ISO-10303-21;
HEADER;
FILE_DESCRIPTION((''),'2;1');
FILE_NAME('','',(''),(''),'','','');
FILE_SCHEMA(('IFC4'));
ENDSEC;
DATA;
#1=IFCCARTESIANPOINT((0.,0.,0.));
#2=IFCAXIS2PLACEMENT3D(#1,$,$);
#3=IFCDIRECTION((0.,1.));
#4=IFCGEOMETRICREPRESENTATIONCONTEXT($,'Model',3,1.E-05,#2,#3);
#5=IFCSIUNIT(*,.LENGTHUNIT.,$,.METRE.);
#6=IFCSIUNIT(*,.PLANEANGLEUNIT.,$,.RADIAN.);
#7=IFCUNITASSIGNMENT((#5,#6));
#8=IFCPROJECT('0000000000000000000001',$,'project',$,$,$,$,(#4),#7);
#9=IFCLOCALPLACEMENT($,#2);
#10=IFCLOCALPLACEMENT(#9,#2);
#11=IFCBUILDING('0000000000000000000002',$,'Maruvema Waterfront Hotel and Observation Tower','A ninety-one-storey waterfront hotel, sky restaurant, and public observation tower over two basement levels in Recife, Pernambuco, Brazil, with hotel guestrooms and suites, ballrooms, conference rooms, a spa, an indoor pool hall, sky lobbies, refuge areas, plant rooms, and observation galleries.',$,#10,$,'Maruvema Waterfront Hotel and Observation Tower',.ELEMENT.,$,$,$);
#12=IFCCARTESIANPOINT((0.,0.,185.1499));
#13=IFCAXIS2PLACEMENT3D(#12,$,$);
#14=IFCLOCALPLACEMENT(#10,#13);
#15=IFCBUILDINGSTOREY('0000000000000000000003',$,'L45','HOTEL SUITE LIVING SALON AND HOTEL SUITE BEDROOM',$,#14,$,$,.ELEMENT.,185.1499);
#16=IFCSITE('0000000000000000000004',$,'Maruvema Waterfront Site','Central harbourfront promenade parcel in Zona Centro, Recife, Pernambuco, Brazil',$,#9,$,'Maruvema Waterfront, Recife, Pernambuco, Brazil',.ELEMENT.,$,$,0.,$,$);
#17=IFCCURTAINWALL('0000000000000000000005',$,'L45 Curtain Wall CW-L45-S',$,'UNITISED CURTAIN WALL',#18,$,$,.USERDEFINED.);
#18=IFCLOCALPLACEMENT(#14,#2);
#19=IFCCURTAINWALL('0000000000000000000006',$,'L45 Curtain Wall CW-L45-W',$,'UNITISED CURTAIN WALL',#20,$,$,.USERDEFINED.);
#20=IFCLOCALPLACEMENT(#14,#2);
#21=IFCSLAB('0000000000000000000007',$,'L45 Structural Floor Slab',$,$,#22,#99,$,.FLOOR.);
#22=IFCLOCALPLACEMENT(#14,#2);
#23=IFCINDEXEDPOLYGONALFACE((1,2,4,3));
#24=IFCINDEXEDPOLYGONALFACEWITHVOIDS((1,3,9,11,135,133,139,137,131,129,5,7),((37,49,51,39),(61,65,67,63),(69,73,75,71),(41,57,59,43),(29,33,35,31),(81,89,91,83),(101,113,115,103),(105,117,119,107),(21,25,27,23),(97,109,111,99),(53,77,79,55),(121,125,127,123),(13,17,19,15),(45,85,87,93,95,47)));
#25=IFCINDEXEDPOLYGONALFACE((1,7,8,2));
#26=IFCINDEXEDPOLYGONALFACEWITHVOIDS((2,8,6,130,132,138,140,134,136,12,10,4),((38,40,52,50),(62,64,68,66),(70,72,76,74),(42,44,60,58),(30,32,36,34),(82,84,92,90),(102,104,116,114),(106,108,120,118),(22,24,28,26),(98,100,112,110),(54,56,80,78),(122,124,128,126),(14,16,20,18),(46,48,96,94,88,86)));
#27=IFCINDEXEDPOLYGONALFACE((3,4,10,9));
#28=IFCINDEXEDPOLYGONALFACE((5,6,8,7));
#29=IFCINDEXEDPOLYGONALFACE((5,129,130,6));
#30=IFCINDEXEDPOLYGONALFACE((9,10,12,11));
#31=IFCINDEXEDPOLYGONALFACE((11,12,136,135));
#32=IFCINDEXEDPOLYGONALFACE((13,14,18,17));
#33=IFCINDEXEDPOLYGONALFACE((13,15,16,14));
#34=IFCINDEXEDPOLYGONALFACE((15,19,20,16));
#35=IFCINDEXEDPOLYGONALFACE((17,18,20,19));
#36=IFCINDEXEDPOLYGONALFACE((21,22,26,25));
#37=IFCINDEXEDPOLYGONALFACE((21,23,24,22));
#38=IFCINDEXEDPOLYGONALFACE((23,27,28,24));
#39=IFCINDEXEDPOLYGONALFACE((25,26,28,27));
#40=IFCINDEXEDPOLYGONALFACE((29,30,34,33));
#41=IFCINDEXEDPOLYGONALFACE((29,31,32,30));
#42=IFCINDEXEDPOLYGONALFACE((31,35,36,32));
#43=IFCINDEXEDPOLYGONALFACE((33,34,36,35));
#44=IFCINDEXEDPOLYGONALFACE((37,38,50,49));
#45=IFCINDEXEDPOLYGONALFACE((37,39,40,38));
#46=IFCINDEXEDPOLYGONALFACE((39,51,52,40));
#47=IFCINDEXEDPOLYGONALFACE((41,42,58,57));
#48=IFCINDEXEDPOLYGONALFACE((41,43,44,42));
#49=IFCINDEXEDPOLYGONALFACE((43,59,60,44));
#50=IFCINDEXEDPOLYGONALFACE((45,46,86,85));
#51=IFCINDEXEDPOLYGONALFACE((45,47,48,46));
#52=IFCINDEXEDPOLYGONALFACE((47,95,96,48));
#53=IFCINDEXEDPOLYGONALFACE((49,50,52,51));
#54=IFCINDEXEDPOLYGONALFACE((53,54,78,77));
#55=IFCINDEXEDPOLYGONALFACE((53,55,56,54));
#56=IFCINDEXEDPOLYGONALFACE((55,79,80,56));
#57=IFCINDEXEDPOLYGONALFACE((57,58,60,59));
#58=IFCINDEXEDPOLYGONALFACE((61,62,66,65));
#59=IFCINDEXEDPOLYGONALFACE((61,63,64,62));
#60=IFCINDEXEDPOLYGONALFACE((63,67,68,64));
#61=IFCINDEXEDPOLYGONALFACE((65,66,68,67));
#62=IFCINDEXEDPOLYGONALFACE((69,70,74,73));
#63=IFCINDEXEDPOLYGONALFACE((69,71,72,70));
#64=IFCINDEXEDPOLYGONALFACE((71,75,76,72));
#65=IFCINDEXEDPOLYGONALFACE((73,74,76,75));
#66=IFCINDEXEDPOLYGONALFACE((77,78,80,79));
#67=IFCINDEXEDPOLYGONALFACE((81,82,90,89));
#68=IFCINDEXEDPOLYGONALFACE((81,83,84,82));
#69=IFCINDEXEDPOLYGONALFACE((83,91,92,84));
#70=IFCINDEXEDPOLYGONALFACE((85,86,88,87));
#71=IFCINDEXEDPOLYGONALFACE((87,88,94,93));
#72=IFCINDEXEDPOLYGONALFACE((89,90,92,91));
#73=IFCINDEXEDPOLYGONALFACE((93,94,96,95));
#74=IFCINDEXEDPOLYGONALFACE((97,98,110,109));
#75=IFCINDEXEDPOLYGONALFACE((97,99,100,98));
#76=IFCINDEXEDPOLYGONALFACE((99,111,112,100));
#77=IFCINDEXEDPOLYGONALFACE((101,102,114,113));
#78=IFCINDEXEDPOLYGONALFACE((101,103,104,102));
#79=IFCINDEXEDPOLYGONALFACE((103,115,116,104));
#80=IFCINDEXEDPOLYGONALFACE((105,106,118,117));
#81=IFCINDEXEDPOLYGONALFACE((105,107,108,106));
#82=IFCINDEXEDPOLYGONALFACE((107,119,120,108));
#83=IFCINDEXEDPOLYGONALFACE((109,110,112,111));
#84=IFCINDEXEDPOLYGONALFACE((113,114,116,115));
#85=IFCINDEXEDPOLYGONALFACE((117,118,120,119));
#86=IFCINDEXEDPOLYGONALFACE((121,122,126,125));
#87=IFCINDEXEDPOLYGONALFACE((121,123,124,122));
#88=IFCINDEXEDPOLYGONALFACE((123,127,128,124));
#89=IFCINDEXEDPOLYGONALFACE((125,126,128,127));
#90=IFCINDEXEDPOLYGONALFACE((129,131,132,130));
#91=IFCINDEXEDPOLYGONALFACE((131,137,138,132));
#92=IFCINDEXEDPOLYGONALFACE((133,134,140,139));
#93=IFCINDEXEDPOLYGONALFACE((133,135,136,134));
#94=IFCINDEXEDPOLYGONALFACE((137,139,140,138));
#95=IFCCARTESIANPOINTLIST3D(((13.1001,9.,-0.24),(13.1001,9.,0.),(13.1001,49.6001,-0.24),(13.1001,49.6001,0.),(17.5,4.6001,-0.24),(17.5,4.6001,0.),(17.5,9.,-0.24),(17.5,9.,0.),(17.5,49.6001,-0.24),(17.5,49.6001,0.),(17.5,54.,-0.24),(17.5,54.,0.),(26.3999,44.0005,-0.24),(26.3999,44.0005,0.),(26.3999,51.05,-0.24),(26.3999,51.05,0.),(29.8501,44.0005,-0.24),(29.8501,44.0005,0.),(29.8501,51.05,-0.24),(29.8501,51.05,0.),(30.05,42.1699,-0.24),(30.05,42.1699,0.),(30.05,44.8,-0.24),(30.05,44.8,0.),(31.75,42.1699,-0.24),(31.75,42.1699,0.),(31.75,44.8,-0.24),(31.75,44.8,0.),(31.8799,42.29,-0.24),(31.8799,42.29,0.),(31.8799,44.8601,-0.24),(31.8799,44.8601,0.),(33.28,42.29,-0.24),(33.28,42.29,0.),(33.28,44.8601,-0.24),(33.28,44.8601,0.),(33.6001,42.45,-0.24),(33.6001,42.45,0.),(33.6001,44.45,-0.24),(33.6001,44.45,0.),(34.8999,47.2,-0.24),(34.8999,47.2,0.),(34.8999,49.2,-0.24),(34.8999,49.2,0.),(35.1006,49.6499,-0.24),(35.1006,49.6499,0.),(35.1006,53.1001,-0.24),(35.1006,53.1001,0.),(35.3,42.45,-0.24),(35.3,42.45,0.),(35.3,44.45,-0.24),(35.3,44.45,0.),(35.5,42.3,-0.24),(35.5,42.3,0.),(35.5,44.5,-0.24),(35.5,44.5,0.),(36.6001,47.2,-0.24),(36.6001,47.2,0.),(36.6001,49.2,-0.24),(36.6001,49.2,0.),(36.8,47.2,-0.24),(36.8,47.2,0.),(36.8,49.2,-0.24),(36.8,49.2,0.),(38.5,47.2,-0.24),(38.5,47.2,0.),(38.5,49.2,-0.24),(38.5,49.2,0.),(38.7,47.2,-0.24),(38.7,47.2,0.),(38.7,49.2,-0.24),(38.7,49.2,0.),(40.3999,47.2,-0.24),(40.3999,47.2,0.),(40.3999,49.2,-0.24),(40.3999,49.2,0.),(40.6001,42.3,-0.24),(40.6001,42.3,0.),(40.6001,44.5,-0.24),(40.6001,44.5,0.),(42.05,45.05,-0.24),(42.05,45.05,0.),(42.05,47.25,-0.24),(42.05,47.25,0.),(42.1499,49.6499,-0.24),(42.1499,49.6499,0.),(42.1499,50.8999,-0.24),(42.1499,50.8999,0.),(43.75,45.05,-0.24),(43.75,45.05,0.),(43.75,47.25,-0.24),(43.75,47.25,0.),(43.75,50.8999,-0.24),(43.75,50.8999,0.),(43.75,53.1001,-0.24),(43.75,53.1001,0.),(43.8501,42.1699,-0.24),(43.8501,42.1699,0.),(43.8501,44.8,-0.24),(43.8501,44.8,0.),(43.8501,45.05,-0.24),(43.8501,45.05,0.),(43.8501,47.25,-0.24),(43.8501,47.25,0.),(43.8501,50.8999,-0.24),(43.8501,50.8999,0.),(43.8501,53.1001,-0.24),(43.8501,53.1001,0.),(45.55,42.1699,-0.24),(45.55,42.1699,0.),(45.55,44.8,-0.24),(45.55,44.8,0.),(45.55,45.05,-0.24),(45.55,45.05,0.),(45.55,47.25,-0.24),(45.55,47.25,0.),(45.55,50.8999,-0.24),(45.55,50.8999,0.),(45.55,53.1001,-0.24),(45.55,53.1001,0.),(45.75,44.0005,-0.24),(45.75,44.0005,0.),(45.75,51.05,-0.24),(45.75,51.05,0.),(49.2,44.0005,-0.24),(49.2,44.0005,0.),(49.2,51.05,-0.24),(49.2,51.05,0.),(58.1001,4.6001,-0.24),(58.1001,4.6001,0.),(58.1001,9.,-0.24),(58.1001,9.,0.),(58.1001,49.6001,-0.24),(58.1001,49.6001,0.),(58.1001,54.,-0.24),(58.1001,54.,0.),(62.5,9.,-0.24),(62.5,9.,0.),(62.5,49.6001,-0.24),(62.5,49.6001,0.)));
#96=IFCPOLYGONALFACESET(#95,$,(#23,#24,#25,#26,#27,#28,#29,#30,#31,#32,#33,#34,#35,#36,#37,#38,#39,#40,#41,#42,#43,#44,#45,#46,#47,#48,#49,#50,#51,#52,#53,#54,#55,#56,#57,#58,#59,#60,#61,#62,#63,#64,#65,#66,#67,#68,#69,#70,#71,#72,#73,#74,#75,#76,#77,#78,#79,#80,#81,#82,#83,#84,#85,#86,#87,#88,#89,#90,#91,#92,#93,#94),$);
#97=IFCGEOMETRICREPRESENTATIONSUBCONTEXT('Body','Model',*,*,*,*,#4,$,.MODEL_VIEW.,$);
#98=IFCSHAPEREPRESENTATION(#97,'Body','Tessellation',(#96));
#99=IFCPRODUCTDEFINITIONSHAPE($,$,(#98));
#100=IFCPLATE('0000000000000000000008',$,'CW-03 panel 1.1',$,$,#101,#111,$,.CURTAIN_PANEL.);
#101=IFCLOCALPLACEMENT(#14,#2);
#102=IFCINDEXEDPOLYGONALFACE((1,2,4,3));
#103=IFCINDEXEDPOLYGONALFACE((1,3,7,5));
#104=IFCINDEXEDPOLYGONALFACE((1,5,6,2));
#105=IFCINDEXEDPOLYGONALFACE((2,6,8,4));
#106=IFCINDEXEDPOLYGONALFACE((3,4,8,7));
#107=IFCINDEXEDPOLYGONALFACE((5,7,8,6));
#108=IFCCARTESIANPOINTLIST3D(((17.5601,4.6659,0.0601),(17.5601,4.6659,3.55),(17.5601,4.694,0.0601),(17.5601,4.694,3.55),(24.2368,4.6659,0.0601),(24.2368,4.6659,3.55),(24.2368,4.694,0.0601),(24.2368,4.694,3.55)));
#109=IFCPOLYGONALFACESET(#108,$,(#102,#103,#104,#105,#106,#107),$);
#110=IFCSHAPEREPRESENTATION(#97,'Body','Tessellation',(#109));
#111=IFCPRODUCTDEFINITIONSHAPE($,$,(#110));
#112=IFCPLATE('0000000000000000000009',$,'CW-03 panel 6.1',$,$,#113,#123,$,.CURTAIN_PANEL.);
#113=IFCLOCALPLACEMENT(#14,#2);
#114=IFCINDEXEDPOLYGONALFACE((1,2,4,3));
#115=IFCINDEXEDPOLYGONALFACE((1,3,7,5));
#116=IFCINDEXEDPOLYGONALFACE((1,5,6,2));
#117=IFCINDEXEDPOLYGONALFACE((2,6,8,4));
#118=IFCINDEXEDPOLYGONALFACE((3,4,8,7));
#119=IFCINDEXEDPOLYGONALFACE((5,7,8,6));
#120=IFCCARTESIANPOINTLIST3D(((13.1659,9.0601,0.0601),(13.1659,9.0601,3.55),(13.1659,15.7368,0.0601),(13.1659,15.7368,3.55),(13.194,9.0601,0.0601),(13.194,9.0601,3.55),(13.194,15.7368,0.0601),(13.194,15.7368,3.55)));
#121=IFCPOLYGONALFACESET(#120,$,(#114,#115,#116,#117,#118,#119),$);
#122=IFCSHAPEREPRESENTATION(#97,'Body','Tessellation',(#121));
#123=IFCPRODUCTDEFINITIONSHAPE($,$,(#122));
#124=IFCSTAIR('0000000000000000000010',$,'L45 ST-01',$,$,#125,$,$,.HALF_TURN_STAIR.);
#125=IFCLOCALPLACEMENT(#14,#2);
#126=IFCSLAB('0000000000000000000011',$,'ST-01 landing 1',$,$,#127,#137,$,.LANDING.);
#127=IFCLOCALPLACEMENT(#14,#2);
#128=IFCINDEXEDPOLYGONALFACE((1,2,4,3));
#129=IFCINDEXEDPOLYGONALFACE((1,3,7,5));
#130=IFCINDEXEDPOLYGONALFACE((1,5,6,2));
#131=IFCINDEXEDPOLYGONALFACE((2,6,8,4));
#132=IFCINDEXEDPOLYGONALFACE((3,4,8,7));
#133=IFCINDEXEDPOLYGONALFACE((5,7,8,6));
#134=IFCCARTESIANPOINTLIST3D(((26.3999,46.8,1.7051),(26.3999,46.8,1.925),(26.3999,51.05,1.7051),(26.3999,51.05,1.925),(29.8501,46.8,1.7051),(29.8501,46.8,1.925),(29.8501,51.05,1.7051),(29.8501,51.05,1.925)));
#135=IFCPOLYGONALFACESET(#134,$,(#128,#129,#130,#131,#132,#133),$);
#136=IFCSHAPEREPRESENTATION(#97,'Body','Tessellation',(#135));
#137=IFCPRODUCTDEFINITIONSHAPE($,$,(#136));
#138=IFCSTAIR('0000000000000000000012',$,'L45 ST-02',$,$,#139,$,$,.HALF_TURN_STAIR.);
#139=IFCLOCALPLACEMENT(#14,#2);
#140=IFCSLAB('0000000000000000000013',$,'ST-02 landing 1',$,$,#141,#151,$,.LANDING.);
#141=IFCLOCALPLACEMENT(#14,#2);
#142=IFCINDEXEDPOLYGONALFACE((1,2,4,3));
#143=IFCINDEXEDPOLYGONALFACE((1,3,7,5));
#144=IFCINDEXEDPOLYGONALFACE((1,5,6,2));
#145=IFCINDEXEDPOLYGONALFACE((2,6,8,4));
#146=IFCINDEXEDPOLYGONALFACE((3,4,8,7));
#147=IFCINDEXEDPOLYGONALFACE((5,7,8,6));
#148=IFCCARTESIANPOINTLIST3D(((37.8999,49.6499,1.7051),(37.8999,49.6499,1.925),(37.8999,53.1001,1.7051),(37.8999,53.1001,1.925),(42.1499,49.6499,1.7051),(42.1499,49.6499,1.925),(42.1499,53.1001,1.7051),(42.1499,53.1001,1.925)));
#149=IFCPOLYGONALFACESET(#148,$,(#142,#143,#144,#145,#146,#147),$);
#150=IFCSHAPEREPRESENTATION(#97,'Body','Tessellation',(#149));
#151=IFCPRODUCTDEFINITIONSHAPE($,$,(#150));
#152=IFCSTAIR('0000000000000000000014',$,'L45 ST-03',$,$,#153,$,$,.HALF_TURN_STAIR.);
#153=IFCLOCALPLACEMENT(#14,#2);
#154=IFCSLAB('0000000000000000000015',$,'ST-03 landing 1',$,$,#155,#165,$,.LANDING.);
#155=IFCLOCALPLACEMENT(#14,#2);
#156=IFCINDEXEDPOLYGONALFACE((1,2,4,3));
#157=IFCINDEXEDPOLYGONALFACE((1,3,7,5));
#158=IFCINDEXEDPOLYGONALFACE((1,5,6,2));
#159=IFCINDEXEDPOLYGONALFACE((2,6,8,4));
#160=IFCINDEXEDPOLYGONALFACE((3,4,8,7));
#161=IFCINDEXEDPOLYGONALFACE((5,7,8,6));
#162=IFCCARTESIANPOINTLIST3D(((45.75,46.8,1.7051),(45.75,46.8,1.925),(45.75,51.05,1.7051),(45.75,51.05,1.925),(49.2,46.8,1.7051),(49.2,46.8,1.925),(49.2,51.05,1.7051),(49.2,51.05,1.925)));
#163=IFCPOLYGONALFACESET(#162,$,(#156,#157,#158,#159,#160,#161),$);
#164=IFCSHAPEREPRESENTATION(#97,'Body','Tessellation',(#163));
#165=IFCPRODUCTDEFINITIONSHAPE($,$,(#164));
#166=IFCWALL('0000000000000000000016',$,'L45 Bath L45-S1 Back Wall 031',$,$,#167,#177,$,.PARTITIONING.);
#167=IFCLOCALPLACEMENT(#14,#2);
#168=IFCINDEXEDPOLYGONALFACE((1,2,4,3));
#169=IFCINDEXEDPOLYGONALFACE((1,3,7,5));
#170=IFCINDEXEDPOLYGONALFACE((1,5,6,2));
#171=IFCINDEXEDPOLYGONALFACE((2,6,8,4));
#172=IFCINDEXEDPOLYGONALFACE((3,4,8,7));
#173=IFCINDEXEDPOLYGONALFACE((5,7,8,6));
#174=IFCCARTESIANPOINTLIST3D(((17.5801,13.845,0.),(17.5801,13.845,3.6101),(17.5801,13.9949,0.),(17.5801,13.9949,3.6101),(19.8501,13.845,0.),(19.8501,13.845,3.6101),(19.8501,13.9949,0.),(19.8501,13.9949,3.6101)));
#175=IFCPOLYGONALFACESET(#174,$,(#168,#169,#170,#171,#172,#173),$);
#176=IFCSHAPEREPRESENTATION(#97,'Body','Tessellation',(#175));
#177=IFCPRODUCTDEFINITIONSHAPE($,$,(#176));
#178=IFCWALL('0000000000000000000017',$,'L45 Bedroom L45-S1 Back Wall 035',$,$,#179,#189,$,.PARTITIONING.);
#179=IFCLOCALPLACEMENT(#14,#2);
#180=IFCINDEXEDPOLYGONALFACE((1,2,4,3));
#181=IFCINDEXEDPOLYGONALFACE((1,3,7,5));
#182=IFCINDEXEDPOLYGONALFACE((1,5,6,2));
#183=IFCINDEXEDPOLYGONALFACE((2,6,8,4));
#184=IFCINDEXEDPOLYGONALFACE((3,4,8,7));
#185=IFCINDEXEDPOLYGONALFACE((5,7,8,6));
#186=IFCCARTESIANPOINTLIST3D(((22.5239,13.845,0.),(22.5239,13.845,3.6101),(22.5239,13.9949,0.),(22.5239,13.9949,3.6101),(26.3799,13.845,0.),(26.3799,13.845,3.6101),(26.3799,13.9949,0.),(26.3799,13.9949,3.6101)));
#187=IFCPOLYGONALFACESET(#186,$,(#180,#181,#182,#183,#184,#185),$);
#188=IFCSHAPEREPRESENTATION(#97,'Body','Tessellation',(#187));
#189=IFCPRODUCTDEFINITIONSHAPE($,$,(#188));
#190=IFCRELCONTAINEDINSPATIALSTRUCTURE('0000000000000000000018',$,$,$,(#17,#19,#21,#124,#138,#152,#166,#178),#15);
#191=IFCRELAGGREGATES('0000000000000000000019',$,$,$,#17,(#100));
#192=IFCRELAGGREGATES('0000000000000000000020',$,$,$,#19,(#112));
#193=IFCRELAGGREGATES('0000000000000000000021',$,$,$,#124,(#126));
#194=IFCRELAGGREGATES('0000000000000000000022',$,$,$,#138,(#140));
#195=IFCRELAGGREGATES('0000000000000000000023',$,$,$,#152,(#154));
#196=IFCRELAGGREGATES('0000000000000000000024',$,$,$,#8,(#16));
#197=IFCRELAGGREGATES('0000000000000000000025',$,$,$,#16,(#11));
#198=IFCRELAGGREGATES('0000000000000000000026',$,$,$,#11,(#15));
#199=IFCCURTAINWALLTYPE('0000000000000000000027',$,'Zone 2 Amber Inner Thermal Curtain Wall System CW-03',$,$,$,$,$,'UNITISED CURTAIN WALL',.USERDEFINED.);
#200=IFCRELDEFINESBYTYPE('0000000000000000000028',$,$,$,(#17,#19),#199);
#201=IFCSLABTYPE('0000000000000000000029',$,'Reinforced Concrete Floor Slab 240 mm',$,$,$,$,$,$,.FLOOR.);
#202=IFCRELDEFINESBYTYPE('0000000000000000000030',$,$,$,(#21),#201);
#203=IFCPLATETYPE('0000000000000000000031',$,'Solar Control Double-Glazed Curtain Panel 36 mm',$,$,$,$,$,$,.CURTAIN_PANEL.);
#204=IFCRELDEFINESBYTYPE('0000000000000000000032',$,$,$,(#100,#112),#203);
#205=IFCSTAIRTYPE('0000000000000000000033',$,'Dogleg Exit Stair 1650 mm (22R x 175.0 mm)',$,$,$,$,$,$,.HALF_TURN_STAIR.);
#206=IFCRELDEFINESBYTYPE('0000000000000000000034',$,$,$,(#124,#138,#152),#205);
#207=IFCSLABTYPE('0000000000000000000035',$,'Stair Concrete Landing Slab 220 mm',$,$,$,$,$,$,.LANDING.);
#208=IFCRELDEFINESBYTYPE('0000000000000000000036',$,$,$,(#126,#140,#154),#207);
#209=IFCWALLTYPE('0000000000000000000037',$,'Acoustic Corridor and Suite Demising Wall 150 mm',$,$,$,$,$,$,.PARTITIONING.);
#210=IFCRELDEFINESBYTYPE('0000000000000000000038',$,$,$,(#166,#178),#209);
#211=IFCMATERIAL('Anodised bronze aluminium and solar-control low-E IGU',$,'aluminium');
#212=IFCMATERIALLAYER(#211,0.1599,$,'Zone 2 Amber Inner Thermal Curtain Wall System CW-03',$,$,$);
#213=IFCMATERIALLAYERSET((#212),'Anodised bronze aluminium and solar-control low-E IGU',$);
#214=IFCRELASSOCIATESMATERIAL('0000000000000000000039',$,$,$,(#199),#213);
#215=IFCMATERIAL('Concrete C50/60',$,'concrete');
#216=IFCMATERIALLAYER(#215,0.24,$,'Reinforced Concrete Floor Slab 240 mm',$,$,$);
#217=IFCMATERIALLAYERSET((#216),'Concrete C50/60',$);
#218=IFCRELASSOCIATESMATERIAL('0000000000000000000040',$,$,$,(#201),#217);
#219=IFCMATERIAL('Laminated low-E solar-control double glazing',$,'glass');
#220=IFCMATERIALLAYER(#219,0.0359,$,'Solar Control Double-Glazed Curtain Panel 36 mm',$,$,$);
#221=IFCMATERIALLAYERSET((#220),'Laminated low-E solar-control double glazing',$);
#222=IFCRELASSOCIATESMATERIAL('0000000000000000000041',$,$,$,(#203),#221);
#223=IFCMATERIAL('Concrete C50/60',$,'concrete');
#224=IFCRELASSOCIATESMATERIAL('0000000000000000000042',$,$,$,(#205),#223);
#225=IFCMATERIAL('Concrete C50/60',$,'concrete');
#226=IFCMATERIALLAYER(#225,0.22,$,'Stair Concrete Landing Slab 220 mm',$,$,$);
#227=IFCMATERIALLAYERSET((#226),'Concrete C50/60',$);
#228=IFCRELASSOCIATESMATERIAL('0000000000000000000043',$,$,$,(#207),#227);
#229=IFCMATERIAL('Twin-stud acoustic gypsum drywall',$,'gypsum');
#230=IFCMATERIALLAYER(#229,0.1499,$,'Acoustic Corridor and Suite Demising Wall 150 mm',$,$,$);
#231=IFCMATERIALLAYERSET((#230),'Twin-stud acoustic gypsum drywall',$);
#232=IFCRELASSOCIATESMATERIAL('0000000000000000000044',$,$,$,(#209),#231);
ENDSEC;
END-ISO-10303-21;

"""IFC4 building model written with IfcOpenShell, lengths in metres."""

from ifc_helpers import new_model, si_unit, direction, frame, frame_2d, origin, origin_2d, place, context, subcontext, project, spatial, polyline, rectangle, outline, extrude, material, layer, layer_set, type_object, element, aggregate, save


model = new_model("IFC4")

# Units and contexts
model_context = context("Model", 3, precision=1e-05, world=origin(), true_north=direction((0.0, 1.0)))
body_context = subcontext(model_context, "Body", "Model", "MODEL_VIEW")
ifc_project = project(units=[si_unit("LENGTHUNIT", "METRE"), si_unit("PLANEANGLEUNIT", "RADIAN")], contexts=[model_context])

# Site, building, storey
site_placement = place(None, origin())
site = spatial("IfcSite", under=ifc_project, at=site_placement, Name="Maruvema Waterfront Site", Description="Central harbourfront promenade parcel in Zona Centro, Recife, Pernambuco, Brazil", LongName="Maruvema Waterfront, Recife, Pernambuco, Brazil", CompositionType="ELEMENT", RefElevation=0.0)
building_placement = place(site_placement, origin())
building = spatial("IfcBuilding", under=site, at=building_placement, Name="Maruvema Waterfront Hotel and Observation Tower", Description="A ninety-one-storey waterfront hotel, sky restaurant, and public observation tower over two basement levels in Recife, Pernambuco, Brazil, with hotel guestrooms and suites, ballrooms, conference rooms, a spa, an indoor pool hall, sky lobbies, refuge areas, plant rooms, and observation galleries.", LongName="Maruvema Waterfront Hotel and Observation Tower", CompositionType="ELEMENT")
storey_placement = place(building_placement, frame((0.0, 0.0, 185.1499)))
storey = spatial("IfcBuildingStorey", under=building, at=storey_placement, Name="L45", Description="HOTEL SUITE LIVING SALON AND HOTEL SUITE BEDROOM", CompositionType="ELEMENT", Elevation=185.1499)

# Curtain wall
ifc_material_1 = material(Name="Anodised bronze aluminium and solar-control low-E IGU", Category="aluminium")
ifc_layer_1 = layer(ifc_material_1, 0.1599, Name="Zone 2 Amber Inner Thermal Curtain Wall System CW-03")
ifc_layer_set_1 = layer_set([ifc_layer_1], Name="Anodised bronze aluminium and solar-control low-E IGU")
curtain_wall_type = type_object("IfcCurtainWallType", Name="Zone 2 Amber Inner Thermal Curtain Wall System CW-03", ElementType="UNITISED CURTAIN WALL", PredefinedType="USERDEFINED", material=ifc_layer_set_1)
curtain_wall_1_placement = place(storey_placement, origin())
curtain_wall_1 = element("IfcCurtainWall", 1, at=curtain_wall_1_placement, inside=storey, type_object=curtain_wall_type, Name="L45 Curtain Wall CW-L45-S", ObjectType="UNITISED CURTAIN WALL", PredefinedType="USERDEFINED")

# Curtain wall
curtain_wall_2_placement = place(storey_placement, origin())
curtain_wall_2 = element("IfcCurtainWall", 2, at=curtain_wall_2_placement, inside=storey, type_object=curtain_wall_type, Name="L45 Curtain Wall CW-L45-W", ObjectType="UNITISED CURTAIN WALL", PredefinedType="USERDEFINED")

# Slab
ifc_material_2 = material(Name="Concrete C50/60", Category="concrete")
ifc_layer_2 = layer(ifc_material_2, 0.24, Name="Reinforced Concrete Floor Slab 240 mm")
ifc_layer_set_2 = layer_set([ifc_layer_2], Name="Concrete C50/60")
slab_type_1 = type_object("IfcSlabType", Name="Reinforced Concrete Floor Slab 240 mm", PredefinedType="FLOOR", material=ifc_layer_set_2)
slab_1_placement = place(storey_placement, frame((0.0, 0.0, -0.24)))
element("IfcSlab", 3, at=slab_1_placement, inside=storey, type_object=slab_type_1, Name="L45 Structural Floor Slab", PredefinedType="FLOOR", context=body_context, shape_type="SweptSolid", body=[
    extrude(outline(polyline([(17.5, 4.6001), (58.1001, 4.6001), (58.1001, 9.0), (62.5, 9.0), (62.5, 49.6001), (58.1001, 49.6001), (58.1001, 54.0), (17.5, 54.0), (17.5, 49.6001), (13.1001, 49.6001), (13.1001, 9.0), (17.5, 9.0), (17.5, 4.6001)]), holes=[polyline([(26.3999, 44.0005), (26.3999, 51.05), (29.8501, 51.05), (29.8501, 44.0005), (26.3999, 44.0005)]), polyline([(30.05, 44.8), (31.75, 44.8), (31.75, 42.1699), (30.05, 42.1699), (30.05, 44.8)]), polyline([(31.8799, 44.8601), (33.28, 44.8601), (33.28, 42.29), (31.8799, 42.29), (31.8799, 44.8601)]), polyline([(33.6001, 44.45), (35.3, 44.45), (35.3, 42.45), (33.6001, 42.45), (33.6001, 44.45)]), polyline([(34.8999, 49.2), (36.6001, 49.2), (36.6001, 47.2), (34.8999, 47.2), (34.8999, 49.2)]), polyline([(36.8, 49.2), (38.5, 49.2), (38.5, 47.2), (36.8, 47.2), (36.8, 49.2)]), polyline([(35.5, 42.3), (35.5, 44.5), (40.6001, 44.5), (40.6001, 42.3), (35.5, 42.3)]), polyline([(35.1006, 53.1001), (43.75, 53.1001), (43.75, 50.8999), (42.1499, 50.8999), (42.1499, 49.6499), (35.1006, 49.6499), (35.1006, 53.1001)]), polyline([(38.7, 49.2), (40.3999, 49.2), (40.3999, 47.2), (38.7, 47.2), (38.7, 49.2)]), polyline([(42.05, 47.25), (43.75, 47.25), (43.75, 45.05), (42.05, 45.05), (42.05, 47.25)]), polyline([(43.8501, 44.8), (45.55, 44.8), (45.55, 42.1699), (43.8501, 42.1699), (43.8501, 44.8)]), polyline([(43.8501, 47.25), (45.55, 47.25), (45.55, 45.05), (43.8501, 45.05), (43.8501, 47.25)]), polyline([(45.55, 53.1001), (45.55, 50.8999), (43.8501, 50.8999), (43.8501, 53.1001), (45.55, 53.1001)]), polyline([(45.75, 44.0005), (45.75, 51.05), (49.2, 51.05), (49.2, 44.0005), (45.75, 44.0005)])]), origin(), (0.0, 0.0, 1.0), 0.24),
])

# Plates
ifc_material_3 = material(Name="Laminated low-E solar-control double glazing", Category="glass")
ifc_layer_3 = layer(ifc_material_3, 0.0359, Name="Solar Control Double-Glazed Curtain Panel 36 mm")
ifc_layer_set_3 = layer_set([ifc_layer_3], Name="Laminated low-E solar-control double glazing")
plate_type = type_object("IfcPlateType", Name="Solar Control Double-Glazed Curtain Panel 36 mm", PredefinedType="CURTAIN_PANEL", material=ifc_layer_set_3)
plate_1_placement = place(storey_placement, frame((20.8984, 4.6799, 0.0601), z_axis=(0.0, 0.0, 1.0), x_axis=(1.0, 0.0, 0.0)))
plate_1 = element("IfcPlate", 4, at=plate_1_placement, type_object=plate_type, Name="CW-03 panel 1.1", PredefinedType="CURTAIN_PANEL", context=body_context, shape_type="SweptSolid", body=[
    extrude(rectangle(XDim=6.6768, YDim=0.0281, at=origin_2d()), origin(), (0.0, 0.0, 1.0), 3.49),
])
aggregate(curtain_wall_1, [plate_1])
plate_2_placement = place(storey_placement, frame((13.1799, 12.3984, 0.0601), z_axis=(0.0, 0.0, 1.0), x_axis=(0.0, -1.0, 0.0)))
plate_2 = element("IfcPlate", 5, at=plate_2_placement, type_object=plate_type, Name="CW-03 panel 6.1", PredefinedType="CURTAIN_PANEL", context=body_context, shape_type="SweptSolid", body=[
    extrude(rectangle(XDim=6.6768, YDim=0.0281, at=origin_2d()), origin(), (0.0, 0.0, 1.0), 3.49),
])
aggregate(curtain_wall_2, [plate_2])

# Stairs, slabs
ifc_material_4 = material(Name="Concrete C50/60", Category="concrete")
stair_type = type_object("IfcStairType", Name="Dogleg Exit Stair 1650 mm (22R x 175.0 mm)", PredefinedType="HALF_TURN_STAIR", material=ifc_material_4)
stair_1_placement = place(storey_placement, origin())
stair_1 = element("IfcStair", 6, at=stair_1_placement, inside=storey, type_object=stair_type, Name="L45 ST-01", PredefinedType="HALF_TURN_STAIR")
ifc_material_5 = material(Name="Concrete C50/60", Category="concrete")
ifc_layer_4 = layer(ifc_material_5, 0.22, Name="Stair Concrete Landing Slab 220 mm")
ifc_layer_set_4 = layer_set([ifc_layer_4], Name="Concrete C50/60")
slab_type_2 = type_object("IfcSlabType", Name="Stair Concrete Landing Slab 220 mm", PredefinedType="LANDING", material=ifc_layer_set_4)
slab_2_placement = place(storey_placement, frame((0.0, 0.0, 1.7051)))
slab_2 = element("IfcSlab", 7, at=slab_2_placement, type_object=slab_type_2, Name="ST-01 landing 1", PredefinedType="LANDING", context=body_context, shape_type="SweptSolid", body=[
    extrude(outline(polyline([(29.8501, 46.8), (29.8501, 51.05), (26.3999, 51.05), (26.3999, 46.8), (29.8501, 46.8)])), origin(), (0.0, 0.0, 1.0), 0.22),
])
aggregate(stair_1, [slab_2])
stair_2_placement = place(storey_placement, origin())
stair_2 = element("IfcStair", 8, at=stair_2_placement, inside=storey, type_object=stair_type, Name="L45 ST-02", PredefinedType="HALF_TURN_STAIR")
slab_3_placement = place(storey_placement, frame((0.0, 0.0, 1.7051)))
slab_3 = element("IfcSlab", 9, at=slab_3_placement, type_object=slab_type_2, Name="ST-02 landing 1", PredefinedType="LANDING", context=body_context, shape_type="SweptSolid", body=[
    extrude(outline(polyline([(37.8999, 49.6499), (42.1499, 49.6499), (42.1499, 53.1001), (37.8999, 53.1001), (37.8999, 49.6499)])), origin(), (0.0, 0.0, 1.0), 0.22),
])
aggregate(stair_2, [slab_3])
stair_3_placement = place(storey_placement, origin())
stair_3 = element("IfcStair", 10, at=stair_3_placement, inside=storey, type_object=stair_type, Name="L45 ST-03", PredefinedType="HALF_TURN_STAIR")
slab_4_placement = place(storey_placement, frame((0.0, 0.0, 1.7051)))
slab_4 = element("IfcSlab", 11, at=slab_4_placement, type_object=slab_type_2, Name="ST-03 landing 1", PredefinedType="LANDING", context=body_context, shape_type="SweptSolid", body=[
    extrude(outline(polyline([(49.2, 46.8), (49.2, 51.05), (45.75, 51.05), (45.75, 46.8), (49.2, 46.8)])), origin(), (0.0, 0.0, 1.0), 0.22),
])
aggregate(stair_3, [slab_4])

# Wall
ifc_material_6 = material(Name="Twin-stud acoustic gypsum drywall", Category="gypsum")
ifc_layer_5 = layer(ifc_material_6, 0.1499, Name="Acoustic Corridor and Suite Demising Wall 150 mm")
ifc_layer_set_5 = layer_set([ifc_layer_5], Name="Twin-stud acoustic gypsum drywall")
wall_type_1 = type_object("IfcWallType", Name="Acoustic Corridor and Suite Demising Wall 150 mm", PredefinedType="PARTITIONING", material=ifc_layer_set_5)
wall_1_placement = place(storey_placement, frame((17.5801, 13.9199, 0.0), z_axis=(0.0, 0.0, 1.0), x_axis=(1.0, 0.0, 0.0)))
element("IfcWall", 12, at=wall_1_placement, inside=storey, type_object=wall_type_1, Name="L45 Bath L45-S1 Back Wall 031", PredefinedType="PARTITIONING", context=body_context, shape_type="SweptSolid", body=[
    extrude(rectangle(XDim=2.27, YDim=0.1499, at=frame_2d((1.135, 0.0))), origin(), (0.0, 0.0, 1.0), 3.6101),
])

# Wall
wall_2_placement = place(storey_placement, frame((22.5239, 13.9199, 0.0), z_axis=(0.0, 0.0, 1.0), x_axis=(1.0, 0.0, 0.0)))
element("IfcWall", 13, at=wall_2_placement, inside=storey, type_object=wall_type_1, Name="L45 Bedroom L45-S1 Back Wall 035", PredefinedType="PARTITIONING", context=body_context, shape_type="SweptSolid", body=[
    extrude(rectangle(XDim=3.856, YDim=0.1499, at=frame_2d((1.928, 0.0))), origin(), (0.0, 0.0, 1.0), 3.6101),
])

save(model, "model.ifc")
